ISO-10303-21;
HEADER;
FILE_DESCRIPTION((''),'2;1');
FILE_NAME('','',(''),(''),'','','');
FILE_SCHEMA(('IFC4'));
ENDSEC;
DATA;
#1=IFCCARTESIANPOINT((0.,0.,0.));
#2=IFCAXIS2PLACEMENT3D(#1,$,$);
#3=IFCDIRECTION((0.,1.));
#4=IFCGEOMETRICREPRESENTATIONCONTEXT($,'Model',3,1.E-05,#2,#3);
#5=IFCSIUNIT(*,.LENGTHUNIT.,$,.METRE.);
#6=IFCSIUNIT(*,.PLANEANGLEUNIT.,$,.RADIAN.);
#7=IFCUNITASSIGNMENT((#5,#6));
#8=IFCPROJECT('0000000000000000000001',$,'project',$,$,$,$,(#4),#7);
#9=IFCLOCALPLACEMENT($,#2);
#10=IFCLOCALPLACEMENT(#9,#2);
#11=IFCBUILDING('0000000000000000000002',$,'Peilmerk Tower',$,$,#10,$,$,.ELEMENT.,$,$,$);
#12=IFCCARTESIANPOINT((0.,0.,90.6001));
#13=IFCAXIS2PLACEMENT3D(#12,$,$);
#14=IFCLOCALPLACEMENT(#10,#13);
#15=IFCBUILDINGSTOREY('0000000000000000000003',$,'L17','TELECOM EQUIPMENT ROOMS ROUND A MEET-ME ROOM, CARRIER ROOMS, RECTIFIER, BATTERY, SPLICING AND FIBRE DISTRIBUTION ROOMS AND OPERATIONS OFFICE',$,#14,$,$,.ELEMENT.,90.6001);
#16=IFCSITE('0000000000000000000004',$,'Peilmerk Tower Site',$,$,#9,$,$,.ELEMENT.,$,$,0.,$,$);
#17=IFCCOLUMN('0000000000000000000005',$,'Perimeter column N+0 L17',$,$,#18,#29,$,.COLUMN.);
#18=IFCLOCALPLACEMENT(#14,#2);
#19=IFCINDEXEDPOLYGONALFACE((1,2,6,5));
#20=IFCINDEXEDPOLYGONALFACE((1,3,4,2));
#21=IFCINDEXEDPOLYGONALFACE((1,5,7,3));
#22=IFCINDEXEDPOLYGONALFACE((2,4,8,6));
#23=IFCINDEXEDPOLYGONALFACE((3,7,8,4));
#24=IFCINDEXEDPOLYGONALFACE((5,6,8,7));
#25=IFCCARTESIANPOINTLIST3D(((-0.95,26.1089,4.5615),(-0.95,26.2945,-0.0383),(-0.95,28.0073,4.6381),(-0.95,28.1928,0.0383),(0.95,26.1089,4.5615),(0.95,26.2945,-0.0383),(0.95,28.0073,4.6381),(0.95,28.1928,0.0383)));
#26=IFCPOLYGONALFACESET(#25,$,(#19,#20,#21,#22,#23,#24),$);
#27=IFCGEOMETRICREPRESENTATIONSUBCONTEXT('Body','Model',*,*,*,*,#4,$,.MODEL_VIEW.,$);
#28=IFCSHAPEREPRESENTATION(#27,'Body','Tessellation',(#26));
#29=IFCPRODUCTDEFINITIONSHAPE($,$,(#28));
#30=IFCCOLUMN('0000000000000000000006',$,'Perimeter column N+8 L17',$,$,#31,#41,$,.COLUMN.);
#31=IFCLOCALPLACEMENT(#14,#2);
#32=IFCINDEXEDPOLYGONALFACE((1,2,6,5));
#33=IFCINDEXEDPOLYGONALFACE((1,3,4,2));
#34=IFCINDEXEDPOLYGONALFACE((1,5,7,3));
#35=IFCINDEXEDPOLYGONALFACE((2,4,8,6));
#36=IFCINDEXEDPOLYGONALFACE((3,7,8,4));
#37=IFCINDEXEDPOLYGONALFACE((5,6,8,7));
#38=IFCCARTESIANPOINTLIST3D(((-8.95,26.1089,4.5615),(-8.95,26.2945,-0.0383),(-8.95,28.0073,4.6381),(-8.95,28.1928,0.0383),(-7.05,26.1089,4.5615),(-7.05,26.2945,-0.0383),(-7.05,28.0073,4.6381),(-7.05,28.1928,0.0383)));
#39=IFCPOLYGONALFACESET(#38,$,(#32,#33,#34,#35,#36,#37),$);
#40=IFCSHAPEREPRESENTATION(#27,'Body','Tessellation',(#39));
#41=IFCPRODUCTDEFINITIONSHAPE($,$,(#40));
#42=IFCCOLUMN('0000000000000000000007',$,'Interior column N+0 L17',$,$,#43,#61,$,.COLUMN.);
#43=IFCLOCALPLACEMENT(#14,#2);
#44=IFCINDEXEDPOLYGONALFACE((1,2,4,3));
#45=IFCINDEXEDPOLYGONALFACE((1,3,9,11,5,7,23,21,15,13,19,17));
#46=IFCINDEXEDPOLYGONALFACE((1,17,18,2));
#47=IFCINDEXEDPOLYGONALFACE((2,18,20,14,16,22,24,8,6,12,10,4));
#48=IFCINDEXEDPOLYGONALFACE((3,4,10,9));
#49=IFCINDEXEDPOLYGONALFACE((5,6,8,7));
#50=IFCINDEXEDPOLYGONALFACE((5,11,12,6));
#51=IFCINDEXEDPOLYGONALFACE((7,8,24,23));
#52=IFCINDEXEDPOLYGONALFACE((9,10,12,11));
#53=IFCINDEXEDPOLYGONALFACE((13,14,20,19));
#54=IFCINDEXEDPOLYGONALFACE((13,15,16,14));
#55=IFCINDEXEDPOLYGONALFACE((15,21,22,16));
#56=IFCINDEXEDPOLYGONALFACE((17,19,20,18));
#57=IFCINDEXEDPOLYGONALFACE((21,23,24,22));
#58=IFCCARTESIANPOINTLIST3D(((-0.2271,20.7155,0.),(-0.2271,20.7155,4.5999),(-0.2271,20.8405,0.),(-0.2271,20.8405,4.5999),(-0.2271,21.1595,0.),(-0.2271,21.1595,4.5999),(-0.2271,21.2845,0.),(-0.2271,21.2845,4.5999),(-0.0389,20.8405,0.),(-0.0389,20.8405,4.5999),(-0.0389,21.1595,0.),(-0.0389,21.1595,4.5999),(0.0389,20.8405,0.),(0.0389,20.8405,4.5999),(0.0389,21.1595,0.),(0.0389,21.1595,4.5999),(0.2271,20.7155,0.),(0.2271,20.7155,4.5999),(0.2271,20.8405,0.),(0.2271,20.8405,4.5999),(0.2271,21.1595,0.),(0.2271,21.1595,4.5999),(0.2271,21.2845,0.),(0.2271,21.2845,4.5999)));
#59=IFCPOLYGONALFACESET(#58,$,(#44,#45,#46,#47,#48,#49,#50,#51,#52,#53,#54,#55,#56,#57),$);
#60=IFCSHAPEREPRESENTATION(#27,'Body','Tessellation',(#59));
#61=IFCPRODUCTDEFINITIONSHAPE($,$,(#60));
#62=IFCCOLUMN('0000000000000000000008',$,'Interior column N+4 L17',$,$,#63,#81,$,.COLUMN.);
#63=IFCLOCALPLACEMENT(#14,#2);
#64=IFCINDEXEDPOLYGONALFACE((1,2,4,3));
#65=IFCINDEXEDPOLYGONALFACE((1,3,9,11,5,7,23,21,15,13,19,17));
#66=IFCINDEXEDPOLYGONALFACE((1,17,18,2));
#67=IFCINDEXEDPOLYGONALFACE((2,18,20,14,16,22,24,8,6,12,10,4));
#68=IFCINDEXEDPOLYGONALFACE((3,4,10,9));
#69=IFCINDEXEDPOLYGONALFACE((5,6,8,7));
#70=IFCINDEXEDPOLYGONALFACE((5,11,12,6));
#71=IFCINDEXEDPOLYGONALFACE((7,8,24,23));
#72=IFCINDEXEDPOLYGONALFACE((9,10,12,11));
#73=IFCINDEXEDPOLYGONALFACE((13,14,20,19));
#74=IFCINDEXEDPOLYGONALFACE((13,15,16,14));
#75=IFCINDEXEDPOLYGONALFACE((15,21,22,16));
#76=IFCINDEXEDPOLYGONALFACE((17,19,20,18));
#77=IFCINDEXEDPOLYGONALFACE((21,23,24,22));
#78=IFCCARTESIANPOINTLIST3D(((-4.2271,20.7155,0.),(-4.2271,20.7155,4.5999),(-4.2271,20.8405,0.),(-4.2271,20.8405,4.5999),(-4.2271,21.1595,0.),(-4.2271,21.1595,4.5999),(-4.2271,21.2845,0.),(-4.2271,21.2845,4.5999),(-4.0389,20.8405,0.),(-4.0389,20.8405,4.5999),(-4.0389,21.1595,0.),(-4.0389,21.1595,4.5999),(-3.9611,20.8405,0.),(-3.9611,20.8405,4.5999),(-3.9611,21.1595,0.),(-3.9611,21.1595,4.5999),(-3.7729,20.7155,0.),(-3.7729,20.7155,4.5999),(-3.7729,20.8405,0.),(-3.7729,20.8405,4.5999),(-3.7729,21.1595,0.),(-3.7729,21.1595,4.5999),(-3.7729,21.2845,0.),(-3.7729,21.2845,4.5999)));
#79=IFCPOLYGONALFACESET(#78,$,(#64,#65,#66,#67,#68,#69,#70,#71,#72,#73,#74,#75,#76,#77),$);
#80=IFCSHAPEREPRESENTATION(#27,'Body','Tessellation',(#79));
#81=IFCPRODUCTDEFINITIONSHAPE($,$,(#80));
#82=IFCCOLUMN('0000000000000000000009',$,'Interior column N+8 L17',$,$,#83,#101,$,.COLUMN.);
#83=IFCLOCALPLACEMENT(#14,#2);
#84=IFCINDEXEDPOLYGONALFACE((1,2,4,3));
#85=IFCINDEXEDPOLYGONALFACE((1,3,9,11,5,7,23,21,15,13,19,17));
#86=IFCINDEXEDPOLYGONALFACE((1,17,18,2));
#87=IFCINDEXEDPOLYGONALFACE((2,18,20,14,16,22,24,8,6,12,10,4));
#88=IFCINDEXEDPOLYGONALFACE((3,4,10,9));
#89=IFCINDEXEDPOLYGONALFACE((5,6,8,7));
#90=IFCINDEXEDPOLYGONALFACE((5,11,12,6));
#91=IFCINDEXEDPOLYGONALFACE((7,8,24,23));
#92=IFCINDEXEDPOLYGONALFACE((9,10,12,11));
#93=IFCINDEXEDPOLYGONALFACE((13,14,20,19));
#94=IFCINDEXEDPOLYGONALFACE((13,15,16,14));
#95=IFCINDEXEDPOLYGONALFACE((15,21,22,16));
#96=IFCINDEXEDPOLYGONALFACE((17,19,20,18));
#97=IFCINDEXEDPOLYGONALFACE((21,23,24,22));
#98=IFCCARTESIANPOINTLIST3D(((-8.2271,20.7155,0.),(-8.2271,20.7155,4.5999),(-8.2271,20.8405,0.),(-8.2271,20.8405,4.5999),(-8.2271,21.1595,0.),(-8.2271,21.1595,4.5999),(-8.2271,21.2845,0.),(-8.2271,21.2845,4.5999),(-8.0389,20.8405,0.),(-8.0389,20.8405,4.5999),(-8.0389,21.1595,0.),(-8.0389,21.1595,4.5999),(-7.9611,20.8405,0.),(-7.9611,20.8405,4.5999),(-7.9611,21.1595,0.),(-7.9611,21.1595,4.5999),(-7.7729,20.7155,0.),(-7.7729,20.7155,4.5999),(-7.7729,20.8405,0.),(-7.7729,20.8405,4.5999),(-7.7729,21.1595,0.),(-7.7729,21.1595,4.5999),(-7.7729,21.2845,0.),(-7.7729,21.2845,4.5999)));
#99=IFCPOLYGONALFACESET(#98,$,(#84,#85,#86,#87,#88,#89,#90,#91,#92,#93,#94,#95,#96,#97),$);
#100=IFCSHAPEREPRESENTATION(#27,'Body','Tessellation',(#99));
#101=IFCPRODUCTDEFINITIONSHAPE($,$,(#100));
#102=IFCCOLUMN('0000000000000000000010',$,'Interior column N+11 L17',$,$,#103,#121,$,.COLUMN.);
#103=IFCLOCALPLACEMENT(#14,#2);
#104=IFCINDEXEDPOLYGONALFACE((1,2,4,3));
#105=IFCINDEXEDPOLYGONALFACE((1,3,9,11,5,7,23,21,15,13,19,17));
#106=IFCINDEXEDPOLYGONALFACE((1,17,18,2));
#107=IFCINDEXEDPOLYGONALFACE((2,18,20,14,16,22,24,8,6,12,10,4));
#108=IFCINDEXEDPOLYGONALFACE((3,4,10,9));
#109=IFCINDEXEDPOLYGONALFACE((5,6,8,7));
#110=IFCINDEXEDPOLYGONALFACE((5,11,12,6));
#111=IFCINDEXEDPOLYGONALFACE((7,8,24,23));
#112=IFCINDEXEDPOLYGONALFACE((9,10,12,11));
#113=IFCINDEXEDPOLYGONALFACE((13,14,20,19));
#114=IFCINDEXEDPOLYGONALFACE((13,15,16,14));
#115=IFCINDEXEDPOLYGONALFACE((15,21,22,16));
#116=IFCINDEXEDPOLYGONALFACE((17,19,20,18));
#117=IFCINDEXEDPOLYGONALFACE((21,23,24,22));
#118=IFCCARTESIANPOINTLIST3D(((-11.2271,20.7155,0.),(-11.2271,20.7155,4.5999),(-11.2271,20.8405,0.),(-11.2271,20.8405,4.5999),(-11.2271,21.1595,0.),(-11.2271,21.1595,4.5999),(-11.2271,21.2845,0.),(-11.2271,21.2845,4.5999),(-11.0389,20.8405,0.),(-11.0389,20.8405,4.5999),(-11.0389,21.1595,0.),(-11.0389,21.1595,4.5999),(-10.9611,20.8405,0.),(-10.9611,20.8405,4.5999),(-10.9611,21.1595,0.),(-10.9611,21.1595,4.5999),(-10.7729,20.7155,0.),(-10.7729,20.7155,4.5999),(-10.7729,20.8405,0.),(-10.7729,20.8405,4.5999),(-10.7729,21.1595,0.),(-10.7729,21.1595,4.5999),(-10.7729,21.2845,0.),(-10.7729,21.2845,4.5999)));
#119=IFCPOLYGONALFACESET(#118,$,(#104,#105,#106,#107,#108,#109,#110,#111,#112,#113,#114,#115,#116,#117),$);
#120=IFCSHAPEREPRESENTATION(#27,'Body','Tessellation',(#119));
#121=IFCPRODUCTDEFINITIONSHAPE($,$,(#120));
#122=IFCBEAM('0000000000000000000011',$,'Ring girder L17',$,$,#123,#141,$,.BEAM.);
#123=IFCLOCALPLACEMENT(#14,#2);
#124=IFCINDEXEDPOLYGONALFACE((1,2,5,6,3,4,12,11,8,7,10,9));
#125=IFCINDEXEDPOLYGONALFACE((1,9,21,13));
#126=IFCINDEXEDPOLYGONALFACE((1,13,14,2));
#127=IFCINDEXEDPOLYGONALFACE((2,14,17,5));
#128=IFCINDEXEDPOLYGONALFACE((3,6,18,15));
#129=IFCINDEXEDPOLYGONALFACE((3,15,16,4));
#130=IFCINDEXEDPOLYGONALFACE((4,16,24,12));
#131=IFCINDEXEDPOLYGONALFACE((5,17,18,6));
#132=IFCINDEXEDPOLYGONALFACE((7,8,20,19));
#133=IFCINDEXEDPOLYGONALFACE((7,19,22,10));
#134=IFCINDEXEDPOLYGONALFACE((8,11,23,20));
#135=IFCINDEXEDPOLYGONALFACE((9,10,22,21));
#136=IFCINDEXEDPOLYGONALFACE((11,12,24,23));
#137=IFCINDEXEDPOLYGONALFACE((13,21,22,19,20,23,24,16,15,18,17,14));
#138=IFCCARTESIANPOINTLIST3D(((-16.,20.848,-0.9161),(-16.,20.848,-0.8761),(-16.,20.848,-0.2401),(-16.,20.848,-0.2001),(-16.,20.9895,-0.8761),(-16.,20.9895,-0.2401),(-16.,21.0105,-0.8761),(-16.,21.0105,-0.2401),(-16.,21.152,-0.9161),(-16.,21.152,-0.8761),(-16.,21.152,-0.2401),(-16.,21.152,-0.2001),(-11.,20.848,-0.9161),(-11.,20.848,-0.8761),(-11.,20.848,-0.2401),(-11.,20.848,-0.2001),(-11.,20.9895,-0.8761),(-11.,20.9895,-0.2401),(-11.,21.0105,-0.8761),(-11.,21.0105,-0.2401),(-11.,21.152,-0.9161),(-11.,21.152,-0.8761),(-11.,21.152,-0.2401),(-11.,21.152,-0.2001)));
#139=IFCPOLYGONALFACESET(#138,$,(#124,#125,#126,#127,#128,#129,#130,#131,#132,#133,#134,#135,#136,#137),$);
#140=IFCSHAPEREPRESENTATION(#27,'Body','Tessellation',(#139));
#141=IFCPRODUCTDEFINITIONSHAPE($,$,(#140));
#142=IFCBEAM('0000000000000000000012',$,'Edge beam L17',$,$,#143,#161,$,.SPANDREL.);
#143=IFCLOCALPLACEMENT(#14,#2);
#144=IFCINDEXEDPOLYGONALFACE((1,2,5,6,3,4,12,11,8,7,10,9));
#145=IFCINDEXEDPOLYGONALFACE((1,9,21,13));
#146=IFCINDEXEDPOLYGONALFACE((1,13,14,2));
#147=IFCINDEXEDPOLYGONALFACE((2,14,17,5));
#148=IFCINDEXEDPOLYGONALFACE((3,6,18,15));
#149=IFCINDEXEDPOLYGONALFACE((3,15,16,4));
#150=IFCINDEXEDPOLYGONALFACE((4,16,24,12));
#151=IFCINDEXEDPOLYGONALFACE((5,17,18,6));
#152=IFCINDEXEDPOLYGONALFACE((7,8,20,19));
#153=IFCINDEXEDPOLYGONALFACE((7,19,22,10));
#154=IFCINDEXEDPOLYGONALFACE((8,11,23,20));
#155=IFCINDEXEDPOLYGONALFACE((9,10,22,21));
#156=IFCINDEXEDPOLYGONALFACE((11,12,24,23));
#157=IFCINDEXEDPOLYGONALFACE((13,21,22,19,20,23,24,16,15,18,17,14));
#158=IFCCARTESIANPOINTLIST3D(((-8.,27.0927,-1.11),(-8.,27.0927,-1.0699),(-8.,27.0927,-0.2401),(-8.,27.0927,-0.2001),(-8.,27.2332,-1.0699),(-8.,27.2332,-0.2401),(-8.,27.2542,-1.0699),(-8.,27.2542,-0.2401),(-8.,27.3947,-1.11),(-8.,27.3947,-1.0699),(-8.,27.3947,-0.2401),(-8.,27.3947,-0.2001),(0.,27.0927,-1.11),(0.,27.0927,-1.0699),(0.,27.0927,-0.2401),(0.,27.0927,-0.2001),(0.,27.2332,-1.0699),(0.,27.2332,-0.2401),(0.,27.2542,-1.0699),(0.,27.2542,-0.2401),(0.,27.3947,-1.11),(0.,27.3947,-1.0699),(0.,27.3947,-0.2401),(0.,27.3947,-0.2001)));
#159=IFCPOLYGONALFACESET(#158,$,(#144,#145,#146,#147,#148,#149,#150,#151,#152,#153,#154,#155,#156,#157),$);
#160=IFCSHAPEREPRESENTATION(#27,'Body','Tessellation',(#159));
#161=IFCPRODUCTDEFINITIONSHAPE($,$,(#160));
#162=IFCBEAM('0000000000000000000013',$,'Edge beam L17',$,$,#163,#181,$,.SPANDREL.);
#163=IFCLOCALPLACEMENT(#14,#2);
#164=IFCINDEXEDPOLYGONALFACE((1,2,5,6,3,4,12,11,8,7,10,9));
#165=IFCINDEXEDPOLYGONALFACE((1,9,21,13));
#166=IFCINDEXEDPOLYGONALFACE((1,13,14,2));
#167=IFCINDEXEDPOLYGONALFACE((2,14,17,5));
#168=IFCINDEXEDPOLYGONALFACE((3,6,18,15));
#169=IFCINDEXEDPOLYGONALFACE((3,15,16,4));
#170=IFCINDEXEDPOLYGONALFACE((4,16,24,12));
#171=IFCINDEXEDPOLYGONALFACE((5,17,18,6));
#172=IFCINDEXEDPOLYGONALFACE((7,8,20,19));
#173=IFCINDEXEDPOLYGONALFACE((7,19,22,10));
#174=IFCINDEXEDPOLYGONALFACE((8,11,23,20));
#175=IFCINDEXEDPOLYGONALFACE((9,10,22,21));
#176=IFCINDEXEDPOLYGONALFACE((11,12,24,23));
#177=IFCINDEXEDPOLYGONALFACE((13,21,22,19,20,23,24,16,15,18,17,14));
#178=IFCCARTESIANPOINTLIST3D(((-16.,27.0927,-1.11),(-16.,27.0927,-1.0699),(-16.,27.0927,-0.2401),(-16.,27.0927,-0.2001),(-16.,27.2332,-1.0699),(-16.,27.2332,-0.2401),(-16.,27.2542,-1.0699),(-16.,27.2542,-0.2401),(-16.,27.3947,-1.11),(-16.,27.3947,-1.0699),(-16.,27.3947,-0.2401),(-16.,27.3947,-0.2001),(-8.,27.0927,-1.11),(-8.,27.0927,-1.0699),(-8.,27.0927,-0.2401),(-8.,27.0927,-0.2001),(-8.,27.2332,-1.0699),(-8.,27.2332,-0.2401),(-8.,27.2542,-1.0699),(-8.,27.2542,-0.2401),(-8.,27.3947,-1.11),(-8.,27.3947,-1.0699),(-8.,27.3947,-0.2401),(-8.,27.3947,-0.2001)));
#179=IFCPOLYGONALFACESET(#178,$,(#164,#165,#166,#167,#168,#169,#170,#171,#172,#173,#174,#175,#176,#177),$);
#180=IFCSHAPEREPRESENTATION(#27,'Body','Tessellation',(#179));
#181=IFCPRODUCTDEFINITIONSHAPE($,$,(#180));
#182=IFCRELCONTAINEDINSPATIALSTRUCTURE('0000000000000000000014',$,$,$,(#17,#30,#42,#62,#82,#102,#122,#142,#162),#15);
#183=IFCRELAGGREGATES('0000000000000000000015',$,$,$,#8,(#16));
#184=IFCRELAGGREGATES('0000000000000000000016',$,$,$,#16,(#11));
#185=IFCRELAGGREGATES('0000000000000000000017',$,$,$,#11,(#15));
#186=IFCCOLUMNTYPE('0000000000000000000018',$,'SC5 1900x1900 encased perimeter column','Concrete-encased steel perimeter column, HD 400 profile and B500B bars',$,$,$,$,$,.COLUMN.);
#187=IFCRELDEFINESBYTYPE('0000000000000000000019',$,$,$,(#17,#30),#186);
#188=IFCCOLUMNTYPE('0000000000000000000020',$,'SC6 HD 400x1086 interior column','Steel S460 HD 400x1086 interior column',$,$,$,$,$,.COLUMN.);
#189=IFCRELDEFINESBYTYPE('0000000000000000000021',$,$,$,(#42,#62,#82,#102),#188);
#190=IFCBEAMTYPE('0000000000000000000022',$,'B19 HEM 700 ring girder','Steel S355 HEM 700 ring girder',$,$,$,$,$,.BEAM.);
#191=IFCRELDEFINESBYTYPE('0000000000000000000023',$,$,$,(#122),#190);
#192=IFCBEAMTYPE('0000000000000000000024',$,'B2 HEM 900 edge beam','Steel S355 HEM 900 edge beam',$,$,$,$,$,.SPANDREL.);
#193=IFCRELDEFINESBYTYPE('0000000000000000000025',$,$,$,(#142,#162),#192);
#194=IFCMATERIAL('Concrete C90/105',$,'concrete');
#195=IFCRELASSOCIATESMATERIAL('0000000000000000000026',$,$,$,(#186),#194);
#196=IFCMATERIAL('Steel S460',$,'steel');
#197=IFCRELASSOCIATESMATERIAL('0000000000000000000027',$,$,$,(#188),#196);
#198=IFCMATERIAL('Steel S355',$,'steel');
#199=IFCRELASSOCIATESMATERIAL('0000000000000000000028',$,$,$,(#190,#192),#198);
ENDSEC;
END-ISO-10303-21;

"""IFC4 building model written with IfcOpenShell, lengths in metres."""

from ifc_helpers import new_model, si_unit, direction, frame, origin, origin_2d, place, context, subcontext, project, spatial, rectangle, i_section, extrude, material, material_profile, profile_set, type_object, element, save


model = new_model("IFC4")

# Units and contexts
model_context = context("Model", 3, precision=1e-05, world=origin(), true_north=direction((0.0, 1.0)))
body_context = subcontext(model_context, "Body", "Model", "MODEL_VIEW")
ifc_project = project(units=[si_unit("LENGTHUNIT", "METRE"), si_unit("PLANEANGLEUNIT", "RADIAN")], contexts=[model_context])

# Site, building, storey
site_placement = place(None, origin())
site = spatial("IfcSite", under=ifc_project, at=site_placement, Name="Peilmerk Tower Site", CompositionType="ELEMENT", RefElevation=0.0)
building_placement = place(site_placement, origin())
building = spatial("IfcBuilding", under=site, at=building_placement, Name="Peilmerk Tower", CompositionType="ELEMENT")
storey_placement = place(building_placement, frame((0.0, 0.0, 90.6001)))
storey = spatial("IfcBuildingStorey", under=building, at=storey_placement, Name="L17", Description="TELECOM EQUIPMENT ROOMS ROUND A MEET-ME ROOM, CARRIER ROOMS, RECTIFIER, BATTERY, SPLICING AND FIBRE DISTRIBUTION ROOMS AND OPERATIONS OFFICE", CompositionType="ELEMENT", Elevation=90.6001)

# Columns
ifc_material_1 = material(Name="Concrete C90/105", Category="concrete")
ifc_material_profile_1 = material_profile(ifc_material_1, rectangle(XDim=1.8999, YDim=1.8999, at=origin_2d()), Name="RC 1900x1900")
ifc_profile_set_1 = profile_set([ifc_material_profile_1], Name="Concrete C90/105")
column_type_1 = type_object("IfcColumnType", Name="SC5 1900x1900 encased perimeter column", Description="Concrete-encased steel perimeter column, HD 400 profile and B500B bars", PredefinedType="COLUMN", material=ifc_profile_set_1)
for number, where, z_axis, x_axis, name in (
    (1, (0.0, 27.2437, 0.0), (0.0, -0.040305, 0.999187), (1.0, 0.0, 0.0), "Perimeter column N+0 L17"),
    (2, (-8.0, 27.2437, 0.0), (0.0, -0.040305, 0.999187), (1.0, 0.0, 0.0), "Perimeter column N+8 L17"),
):
    element("IfcColumn", number, at=place(storey_placement, frame(where, z_axis=z_axis, x_axis=x_axis)), inside=storey, type_object=column_type_1, Name=name, PredefinedType="COLUMN", context=body_context, shape_type="SweptSolid", body=[
        extrude(rectangle(XDim=1.8999, YDim=1.8999, at=origin_2d()), origin(), (0.0, 0.0, 1.0), 4.6035),
    ])
ifc_material_2 = material(Name="Steel S460", Category="steel")
ifc_material_profile_2 = material_profile(ifc_material_2, i_section(OverallWidth=0.4541, OverallDepth=0.5691, WebThickness=0.0779, FlangeThickness=0.125, at=origin_2d()), Name="HD 400x1086")
ifc_profile_set_2 = profile_set([ifc_material_profile_2], Name="Steel S460")
column_type_2 = type_object("IfcColumnType", Name="SC6 HD 400x1086 interior column", Description="Steel S460 HD 400x1086 interior column", PredefinedType="COLUMN", material=ifc_profile_set_2)
for number, where, z_axis, x_axis, name in (
    (3, (0.0, 21.0, 0.0), (0.0, 0.0, 1.0), (1.0, 0.0, 0.0), "Interior column N+0 L17"),
    (4, (-4.0, 21.0, 0.0), (0.0, 0.0, 1.0), (1.0, 0.0, 0.0), "Interior column N+4 L17"),
    (5, (-8.0, 21.0, 0.0), (0.0, 0.0, 1.0), (1.0, 0.0, 0.0), "Interior column N+8 L17"),
    (6, (-11.0, 21.0, 0.0), (0.0, 0.0, 1.0), (1.0, 0.0, 0.0), "Interior column N+11 L17"),
):
    element("IfcColumn", number, at=place(storey_placement, frame(where, z_axis=z_axis, x_axis=x_axis)), inside=storey, type_object=column_type_2, Name=name, PredefinedType="COLUMN", context=body_context, shape_type="SweptSolid", body=[
        extrude(i_section(OverallWidth=0.4541, OverallDepth=0.5691, WebThickness=0.0779, FlangeThickness=0.125, at=origin_2d()), origin(), (0.0, 0.0, 1.0), 4.5999),
    ])

# Beams
ifc_material_3 = material(Name="Steel S355", Category="steel")
ifc_material_profile_3 = material_profile(ifc_material_3, i_section(OverallWidth=0.304, OverallDepth=0.7161, WebThickness=0.021, FlangeThickness=0.04, at=origin_2d()), Name="HEM 700")
ifc_profile_set_3 = profile_set([ifc_material_profile_3], Name="Steel S355")
beam_type_1 = type_object("IfcBeamType", Name="B19 HEM 700 ring girder", Description="Steel S355 HEM 700 ring girder", PredefinedType="BEAM", material=ifc_profile_set_3)
beam_1_placement = place(storey_placement, frame((-11.0, 21.0, -0.5581), z_axis=(-1.0, 0.0, 0.0), x_axis=(0.0, -1.0, 0.0)))
element("IfcBeam", 7, at=beam_1_placement, inside=storey, type_object=beam_type_1, Name="Ring girder L17", PredefinedType="BEAM", context=body_context, shape_type="SweptSolid", body=[
    extrude(i_section(OverallWidth=0.304, OverallDepth=0.7161, WebThickness=0.021, FlangeThickness=0.04, at=origin_2d()), origin(), (0.0, 0.0, 1.0), 5.0),
])
ifc_material_profile_4 = material_profile(ifc_material_3, i_section(OverallWidth=0.302, OverallDepth=0.9099, WebThickness=0.021, FlangeThickness=0.04, at=origin_2d()), Name="HEM 900")
ifc_profile_set_4 = profile_set([ifc_material_profile_4], Name="Steel S355")
beam_type_2 = type_object("IfcBeamType", Name="B2 HEM 900 edge beam", Description="Steel S355 HEM 900 edge beam", PredefinedType="SPANDREL", material=ifc_profile_set_4)
for number, where, z_axis, x_axis, name in (
    (8, (0.0, 27.2437, -0.655), (-1.0, 0.0, 0.0), (0.0, -1.0, 0.0), "Edge beam L17"),
    (9, (-8.0, 27.2437, -0.655), (-1.0, 0.0, 0.0), (0.0, -1.0, 0.0), "Edge beam L17"),
):
    element("IfcBeam", number, at=place(storey_placement, frame(where, z_axis=z_axis, x_axis=x_axis)), inside=storey, type_object=beam_type_2, Name=name, PredefinedType="SPANDREL", context=body_context, shape_type="SweptSolid", body=[
        extrude(i_section(OverallWidth=0.302, OverallDepth=0.9099, WebThickness=0.021, FlangeThickness=0.04, at=origin_2d()), origin(), (0.0, 0.0, 1.0), 8.0),
    ])

save(model, "model.ifc")
